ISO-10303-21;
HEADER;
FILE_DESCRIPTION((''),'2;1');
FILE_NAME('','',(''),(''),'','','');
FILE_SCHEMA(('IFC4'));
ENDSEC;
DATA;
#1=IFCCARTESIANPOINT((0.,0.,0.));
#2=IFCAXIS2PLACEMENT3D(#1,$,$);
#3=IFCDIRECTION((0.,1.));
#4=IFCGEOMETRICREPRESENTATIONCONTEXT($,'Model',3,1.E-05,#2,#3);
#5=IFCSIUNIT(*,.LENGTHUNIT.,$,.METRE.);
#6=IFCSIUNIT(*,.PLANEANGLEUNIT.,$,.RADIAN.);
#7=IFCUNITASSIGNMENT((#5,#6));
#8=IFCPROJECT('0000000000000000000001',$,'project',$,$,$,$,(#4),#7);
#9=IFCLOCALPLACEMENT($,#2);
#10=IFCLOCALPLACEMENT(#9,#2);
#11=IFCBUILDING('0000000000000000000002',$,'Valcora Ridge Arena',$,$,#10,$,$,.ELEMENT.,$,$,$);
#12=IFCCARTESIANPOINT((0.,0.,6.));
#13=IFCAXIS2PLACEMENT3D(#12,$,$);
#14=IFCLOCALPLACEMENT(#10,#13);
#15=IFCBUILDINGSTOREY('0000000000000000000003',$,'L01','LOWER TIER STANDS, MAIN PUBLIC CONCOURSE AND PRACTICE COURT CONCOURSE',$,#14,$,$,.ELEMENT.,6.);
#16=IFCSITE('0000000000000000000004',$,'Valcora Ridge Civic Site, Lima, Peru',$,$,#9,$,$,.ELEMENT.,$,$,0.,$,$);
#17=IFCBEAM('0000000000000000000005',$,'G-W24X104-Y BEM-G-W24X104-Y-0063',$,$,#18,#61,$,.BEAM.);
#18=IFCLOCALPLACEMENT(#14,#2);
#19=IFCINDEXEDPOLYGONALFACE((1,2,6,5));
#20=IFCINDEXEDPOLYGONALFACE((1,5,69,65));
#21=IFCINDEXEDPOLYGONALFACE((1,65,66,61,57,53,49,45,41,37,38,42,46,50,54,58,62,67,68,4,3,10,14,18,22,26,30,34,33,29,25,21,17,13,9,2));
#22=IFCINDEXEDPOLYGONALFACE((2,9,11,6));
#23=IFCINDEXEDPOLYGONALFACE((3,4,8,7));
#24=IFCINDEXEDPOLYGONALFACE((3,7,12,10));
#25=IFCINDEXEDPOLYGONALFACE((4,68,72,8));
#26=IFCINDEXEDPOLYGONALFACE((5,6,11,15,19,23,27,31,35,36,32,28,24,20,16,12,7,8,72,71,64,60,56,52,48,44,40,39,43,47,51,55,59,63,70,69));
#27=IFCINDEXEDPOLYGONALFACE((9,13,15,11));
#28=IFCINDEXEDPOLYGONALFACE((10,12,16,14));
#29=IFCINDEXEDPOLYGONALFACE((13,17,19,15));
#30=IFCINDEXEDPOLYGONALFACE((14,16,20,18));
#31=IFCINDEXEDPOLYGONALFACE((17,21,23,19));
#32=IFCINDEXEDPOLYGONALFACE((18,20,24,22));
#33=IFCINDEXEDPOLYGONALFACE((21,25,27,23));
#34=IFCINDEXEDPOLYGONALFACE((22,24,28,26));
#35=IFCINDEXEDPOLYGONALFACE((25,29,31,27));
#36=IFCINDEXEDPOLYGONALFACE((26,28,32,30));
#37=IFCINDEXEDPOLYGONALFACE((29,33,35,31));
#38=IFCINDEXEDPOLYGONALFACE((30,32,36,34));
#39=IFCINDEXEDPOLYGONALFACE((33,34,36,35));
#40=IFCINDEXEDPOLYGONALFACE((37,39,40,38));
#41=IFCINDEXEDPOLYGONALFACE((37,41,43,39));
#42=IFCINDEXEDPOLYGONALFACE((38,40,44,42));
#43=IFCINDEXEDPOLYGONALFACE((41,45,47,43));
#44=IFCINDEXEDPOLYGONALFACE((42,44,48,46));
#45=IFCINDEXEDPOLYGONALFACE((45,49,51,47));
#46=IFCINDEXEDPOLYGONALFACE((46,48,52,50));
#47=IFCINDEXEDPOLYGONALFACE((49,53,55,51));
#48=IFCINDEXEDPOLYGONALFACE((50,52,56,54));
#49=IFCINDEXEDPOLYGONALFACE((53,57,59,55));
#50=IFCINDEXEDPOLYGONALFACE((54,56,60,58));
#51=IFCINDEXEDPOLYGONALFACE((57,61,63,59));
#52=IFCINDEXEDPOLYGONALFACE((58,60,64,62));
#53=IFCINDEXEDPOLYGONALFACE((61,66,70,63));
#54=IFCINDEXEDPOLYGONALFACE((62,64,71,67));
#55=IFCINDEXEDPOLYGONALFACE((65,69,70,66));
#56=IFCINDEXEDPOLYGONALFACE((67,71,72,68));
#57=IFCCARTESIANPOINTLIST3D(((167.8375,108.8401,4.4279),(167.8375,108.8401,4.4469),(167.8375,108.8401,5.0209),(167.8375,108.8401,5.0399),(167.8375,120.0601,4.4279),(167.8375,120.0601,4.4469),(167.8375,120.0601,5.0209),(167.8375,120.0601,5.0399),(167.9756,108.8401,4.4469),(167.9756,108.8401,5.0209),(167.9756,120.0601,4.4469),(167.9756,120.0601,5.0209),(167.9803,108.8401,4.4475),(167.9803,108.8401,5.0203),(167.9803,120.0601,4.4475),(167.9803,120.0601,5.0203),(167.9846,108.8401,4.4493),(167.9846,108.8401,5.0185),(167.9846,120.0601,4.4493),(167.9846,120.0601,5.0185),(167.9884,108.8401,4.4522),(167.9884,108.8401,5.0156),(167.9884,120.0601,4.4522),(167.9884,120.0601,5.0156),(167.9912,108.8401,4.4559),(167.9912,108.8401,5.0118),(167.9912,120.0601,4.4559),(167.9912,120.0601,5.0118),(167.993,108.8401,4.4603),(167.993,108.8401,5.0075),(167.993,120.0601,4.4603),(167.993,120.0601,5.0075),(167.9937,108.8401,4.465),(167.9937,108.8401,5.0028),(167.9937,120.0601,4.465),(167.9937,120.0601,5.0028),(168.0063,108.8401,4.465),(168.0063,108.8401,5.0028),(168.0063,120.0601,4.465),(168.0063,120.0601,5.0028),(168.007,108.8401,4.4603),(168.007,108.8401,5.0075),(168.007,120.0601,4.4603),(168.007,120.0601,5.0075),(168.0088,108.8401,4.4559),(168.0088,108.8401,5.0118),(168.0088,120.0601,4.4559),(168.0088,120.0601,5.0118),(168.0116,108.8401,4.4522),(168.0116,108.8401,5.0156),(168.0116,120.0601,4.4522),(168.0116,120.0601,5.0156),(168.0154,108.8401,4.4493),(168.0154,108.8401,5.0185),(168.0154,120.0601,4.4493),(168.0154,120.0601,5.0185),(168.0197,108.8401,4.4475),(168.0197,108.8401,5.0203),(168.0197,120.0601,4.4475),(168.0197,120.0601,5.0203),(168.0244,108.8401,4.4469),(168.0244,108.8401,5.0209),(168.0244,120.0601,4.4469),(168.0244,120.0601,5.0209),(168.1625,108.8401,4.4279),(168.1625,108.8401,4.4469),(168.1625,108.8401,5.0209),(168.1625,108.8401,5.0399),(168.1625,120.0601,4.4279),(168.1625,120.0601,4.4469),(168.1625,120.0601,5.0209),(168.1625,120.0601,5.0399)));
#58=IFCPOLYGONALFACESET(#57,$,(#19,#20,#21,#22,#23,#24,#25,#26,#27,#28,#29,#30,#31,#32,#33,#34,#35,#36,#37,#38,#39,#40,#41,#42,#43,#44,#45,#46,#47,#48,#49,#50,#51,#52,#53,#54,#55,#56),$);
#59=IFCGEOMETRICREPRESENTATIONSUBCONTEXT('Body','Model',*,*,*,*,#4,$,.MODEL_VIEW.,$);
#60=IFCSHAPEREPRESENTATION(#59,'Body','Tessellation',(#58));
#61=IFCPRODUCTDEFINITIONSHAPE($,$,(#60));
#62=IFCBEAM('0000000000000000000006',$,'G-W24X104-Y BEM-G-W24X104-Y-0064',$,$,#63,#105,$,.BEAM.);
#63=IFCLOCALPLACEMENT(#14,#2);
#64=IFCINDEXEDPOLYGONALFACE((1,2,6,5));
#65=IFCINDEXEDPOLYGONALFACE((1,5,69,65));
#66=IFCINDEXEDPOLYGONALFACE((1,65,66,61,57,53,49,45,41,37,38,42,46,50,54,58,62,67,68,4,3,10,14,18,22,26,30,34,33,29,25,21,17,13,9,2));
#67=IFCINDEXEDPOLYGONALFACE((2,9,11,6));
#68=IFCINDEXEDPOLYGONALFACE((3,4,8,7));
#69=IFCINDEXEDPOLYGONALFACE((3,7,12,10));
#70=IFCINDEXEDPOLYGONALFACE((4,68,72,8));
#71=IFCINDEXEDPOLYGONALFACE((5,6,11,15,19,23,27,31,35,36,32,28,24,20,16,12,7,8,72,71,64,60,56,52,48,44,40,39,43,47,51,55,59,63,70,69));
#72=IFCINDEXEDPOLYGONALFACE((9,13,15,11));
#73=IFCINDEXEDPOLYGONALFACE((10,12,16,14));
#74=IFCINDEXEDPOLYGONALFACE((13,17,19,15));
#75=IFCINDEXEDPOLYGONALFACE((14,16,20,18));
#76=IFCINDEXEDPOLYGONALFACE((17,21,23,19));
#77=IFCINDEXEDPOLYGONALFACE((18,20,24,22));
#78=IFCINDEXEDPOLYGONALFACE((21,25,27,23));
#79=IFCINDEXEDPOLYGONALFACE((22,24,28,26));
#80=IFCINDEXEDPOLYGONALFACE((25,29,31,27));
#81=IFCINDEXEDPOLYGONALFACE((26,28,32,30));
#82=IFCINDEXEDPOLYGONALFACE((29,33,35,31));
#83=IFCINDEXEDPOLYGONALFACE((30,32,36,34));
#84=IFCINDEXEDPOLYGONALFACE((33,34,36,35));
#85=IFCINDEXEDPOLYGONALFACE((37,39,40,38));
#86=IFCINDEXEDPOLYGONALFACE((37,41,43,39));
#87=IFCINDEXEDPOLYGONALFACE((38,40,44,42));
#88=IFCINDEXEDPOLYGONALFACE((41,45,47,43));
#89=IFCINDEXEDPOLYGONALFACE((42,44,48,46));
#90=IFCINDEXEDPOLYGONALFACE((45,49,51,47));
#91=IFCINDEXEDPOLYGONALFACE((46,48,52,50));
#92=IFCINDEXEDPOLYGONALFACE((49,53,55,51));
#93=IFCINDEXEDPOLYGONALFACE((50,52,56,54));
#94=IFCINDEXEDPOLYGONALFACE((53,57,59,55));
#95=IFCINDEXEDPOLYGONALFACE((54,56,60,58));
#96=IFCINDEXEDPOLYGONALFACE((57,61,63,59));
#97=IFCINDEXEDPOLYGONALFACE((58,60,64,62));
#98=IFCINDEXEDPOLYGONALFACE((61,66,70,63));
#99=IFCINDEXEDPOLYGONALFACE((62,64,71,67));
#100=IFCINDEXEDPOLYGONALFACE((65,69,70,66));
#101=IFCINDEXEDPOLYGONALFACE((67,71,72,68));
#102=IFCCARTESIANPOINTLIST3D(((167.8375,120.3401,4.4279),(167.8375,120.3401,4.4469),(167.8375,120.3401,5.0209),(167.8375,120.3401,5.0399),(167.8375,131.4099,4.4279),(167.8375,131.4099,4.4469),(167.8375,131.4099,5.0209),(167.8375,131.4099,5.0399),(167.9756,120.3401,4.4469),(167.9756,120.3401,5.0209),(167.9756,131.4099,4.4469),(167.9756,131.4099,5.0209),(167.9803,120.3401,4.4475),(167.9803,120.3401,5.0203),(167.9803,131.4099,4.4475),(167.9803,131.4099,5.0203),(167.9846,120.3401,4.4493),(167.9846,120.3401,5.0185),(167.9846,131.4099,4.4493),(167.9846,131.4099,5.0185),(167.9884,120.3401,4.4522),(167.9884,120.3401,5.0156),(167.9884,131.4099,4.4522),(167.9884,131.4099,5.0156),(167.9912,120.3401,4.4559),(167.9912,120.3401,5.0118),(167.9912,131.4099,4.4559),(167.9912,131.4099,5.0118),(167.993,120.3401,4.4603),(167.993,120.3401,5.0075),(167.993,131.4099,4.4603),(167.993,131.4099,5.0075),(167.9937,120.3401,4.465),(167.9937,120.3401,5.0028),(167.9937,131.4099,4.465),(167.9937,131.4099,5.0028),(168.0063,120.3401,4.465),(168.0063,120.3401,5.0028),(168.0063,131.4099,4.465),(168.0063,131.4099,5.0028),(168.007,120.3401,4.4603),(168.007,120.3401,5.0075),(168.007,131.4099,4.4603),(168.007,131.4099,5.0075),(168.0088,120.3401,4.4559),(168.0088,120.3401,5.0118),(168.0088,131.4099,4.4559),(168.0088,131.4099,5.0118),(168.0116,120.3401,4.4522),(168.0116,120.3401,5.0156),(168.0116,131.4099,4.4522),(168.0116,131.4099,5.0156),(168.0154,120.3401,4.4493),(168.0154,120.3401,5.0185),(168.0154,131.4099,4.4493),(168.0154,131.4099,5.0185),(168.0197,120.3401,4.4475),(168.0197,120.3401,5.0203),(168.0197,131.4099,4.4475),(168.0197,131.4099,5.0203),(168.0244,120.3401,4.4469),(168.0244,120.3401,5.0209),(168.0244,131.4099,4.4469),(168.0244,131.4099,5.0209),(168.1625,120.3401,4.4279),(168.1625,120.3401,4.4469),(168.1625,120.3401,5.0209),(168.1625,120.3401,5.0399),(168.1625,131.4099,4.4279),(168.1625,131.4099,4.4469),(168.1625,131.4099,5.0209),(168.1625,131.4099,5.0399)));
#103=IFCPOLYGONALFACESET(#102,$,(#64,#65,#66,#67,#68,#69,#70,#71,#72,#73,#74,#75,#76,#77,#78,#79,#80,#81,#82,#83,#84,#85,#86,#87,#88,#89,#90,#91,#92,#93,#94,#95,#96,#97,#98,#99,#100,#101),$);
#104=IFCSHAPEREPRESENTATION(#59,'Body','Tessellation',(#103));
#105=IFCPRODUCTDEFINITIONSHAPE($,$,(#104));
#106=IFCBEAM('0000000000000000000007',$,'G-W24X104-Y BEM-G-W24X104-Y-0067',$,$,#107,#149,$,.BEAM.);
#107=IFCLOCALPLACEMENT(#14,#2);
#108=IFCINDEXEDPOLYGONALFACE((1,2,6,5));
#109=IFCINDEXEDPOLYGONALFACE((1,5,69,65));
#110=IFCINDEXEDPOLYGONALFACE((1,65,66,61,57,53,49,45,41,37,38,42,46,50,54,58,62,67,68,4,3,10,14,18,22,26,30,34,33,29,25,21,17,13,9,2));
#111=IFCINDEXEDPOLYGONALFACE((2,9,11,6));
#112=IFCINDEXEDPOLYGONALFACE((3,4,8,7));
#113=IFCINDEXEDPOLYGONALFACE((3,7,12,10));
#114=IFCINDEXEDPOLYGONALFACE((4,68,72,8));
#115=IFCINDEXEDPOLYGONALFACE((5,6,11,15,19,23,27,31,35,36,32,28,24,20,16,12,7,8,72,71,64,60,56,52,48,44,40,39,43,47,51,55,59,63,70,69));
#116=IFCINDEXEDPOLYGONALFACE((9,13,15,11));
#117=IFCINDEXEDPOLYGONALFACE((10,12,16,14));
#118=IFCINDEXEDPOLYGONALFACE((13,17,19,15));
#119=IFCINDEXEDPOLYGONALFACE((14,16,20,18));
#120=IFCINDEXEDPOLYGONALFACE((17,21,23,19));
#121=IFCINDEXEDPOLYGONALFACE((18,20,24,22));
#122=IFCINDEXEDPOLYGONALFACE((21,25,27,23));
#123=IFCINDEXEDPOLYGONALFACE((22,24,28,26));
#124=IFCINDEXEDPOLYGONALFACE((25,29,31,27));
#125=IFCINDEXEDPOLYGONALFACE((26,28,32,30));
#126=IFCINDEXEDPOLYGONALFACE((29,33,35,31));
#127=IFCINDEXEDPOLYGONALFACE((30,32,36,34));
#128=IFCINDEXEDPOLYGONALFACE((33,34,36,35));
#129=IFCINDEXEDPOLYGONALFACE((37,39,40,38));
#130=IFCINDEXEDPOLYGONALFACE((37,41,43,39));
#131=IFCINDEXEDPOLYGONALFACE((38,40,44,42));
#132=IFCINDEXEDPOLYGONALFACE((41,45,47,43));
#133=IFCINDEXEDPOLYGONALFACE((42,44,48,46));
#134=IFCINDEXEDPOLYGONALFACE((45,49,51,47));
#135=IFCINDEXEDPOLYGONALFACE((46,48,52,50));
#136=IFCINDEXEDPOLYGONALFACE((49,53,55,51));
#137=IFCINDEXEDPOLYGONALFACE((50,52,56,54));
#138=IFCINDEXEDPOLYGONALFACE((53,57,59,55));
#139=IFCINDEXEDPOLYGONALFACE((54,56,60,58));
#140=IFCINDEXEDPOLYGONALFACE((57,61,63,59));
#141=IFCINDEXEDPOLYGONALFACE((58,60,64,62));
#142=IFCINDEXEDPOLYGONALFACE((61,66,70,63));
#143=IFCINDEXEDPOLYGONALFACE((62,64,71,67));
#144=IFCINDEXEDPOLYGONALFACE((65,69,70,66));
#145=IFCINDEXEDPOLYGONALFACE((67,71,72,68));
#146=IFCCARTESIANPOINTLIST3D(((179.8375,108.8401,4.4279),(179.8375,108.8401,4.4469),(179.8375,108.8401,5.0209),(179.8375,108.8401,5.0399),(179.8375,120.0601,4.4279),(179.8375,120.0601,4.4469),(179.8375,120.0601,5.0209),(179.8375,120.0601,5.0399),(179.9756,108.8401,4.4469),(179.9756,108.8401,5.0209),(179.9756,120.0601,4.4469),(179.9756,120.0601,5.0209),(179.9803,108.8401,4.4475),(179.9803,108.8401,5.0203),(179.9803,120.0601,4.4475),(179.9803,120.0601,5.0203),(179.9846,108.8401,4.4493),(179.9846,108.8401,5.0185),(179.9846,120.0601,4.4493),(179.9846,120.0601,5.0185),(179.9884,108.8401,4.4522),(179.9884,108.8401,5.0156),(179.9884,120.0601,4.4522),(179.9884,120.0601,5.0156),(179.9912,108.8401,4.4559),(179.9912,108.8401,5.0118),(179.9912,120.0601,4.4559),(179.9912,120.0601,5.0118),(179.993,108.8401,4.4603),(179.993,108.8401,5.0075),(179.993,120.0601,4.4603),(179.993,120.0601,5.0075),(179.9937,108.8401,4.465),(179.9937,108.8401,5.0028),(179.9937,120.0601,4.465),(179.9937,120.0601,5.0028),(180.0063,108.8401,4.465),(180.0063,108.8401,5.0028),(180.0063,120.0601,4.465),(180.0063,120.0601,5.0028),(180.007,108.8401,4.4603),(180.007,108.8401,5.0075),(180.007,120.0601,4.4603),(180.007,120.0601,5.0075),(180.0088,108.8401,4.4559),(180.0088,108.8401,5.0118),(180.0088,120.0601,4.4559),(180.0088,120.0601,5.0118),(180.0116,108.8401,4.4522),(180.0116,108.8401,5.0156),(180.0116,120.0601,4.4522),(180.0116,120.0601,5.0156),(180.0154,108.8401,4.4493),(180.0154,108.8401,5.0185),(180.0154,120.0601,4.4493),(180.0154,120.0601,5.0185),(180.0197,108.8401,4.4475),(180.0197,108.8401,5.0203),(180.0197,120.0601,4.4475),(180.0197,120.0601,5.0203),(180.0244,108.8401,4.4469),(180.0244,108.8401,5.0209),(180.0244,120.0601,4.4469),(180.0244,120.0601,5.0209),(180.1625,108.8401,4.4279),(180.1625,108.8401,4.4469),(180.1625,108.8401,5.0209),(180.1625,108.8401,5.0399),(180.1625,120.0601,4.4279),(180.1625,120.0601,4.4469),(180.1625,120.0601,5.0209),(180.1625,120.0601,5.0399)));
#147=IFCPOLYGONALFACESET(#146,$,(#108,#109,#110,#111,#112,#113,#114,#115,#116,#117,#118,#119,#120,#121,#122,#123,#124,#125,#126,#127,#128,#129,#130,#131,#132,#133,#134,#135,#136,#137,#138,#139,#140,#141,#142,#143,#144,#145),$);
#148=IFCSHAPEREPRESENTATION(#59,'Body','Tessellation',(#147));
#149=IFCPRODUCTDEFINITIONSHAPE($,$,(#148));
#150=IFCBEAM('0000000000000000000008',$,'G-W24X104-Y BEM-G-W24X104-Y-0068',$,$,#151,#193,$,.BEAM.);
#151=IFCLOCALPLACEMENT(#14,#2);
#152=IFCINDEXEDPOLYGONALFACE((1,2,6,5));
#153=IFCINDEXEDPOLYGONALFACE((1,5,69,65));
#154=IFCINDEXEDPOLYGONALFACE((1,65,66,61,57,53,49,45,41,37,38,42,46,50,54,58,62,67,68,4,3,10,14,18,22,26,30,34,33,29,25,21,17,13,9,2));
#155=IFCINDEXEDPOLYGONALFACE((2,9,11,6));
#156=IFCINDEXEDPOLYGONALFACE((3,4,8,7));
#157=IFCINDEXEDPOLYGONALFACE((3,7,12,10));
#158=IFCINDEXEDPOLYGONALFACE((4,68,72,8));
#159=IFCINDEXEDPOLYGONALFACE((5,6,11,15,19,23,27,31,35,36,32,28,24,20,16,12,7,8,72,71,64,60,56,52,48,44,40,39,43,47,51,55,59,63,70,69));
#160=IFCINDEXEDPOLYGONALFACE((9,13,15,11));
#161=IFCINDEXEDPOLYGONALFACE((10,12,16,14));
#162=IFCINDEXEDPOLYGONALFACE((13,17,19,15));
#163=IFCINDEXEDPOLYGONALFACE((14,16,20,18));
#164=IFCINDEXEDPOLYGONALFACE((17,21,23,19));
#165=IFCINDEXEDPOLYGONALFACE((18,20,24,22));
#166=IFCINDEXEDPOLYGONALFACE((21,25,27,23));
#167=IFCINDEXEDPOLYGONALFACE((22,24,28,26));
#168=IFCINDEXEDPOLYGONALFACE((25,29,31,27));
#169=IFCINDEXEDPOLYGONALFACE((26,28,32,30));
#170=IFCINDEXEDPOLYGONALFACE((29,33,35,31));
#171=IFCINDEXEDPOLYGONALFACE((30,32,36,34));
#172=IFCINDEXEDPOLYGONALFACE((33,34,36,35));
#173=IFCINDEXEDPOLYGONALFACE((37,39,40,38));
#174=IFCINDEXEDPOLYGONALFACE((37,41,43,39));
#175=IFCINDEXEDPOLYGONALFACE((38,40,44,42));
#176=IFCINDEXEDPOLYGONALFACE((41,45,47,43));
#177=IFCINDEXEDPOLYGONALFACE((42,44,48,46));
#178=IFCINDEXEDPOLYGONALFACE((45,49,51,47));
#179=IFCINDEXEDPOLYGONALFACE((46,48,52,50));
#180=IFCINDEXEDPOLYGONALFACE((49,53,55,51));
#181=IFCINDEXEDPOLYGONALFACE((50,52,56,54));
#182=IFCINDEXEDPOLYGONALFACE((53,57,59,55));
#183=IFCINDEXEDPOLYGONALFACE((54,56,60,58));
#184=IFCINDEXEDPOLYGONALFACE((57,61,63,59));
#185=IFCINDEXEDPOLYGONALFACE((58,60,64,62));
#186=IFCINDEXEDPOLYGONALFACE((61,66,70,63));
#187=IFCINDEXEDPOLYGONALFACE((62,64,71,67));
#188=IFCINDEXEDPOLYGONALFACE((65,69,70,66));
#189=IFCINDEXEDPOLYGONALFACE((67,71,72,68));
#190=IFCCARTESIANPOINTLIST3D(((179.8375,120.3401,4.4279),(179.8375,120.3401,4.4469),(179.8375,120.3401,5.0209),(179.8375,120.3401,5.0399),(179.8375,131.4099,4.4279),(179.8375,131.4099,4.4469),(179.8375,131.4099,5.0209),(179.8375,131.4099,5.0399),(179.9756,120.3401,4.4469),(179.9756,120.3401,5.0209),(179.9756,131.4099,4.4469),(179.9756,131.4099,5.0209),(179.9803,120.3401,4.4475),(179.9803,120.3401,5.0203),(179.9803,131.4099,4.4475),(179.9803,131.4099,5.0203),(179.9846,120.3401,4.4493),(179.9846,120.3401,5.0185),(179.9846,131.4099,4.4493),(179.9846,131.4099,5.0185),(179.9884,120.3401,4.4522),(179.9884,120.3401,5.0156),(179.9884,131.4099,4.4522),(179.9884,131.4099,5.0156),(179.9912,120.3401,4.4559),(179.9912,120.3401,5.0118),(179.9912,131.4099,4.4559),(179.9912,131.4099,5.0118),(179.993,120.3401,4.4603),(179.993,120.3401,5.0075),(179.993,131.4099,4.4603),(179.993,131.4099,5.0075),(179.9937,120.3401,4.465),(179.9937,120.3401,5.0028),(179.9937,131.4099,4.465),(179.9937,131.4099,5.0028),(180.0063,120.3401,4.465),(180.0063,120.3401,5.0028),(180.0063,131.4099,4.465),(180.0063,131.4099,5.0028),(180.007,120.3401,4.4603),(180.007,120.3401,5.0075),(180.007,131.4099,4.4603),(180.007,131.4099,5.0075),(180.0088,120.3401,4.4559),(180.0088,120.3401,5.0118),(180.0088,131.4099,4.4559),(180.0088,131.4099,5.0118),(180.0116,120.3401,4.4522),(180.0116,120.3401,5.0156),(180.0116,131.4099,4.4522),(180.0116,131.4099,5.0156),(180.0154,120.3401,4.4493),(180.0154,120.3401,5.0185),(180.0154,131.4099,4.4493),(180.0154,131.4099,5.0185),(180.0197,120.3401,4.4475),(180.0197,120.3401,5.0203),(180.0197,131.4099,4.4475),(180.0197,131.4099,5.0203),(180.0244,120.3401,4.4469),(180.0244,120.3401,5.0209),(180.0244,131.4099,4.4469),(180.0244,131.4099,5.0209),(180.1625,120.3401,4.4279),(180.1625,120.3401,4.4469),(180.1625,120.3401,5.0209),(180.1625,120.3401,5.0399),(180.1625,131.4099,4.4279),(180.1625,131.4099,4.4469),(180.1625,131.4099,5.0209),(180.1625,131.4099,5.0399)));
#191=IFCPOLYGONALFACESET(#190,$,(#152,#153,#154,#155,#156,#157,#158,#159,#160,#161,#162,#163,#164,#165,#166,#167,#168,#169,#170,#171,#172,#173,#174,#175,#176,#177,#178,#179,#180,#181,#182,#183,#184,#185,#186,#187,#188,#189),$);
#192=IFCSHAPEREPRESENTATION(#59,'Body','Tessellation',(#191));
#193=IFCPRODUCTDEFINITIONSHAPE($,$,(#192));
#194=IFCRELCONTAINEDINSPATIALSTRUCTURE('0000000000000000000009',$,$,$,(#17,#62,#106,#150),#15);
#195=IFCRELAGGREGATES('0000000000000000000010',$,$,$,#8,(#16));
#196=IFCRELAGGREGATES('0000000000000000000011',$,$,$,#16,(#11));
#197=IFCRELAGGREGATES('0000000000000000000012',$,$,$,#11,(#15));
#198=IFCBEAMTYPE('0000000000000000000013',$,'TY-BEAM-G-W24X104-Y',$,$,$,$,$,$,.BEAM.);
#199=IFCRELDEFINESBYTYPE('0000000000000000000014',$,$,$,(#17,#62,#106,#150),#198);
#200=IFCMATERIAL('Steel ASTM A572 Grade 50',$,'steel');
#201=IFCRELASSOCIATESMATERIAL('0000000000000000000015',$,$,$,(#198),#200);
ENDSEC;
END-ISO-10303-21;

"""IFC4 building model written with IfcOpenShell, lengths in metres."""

from ifc_helpers import new_model, si_unit, direction, frame, origin, origin_2d, place, context, subcontext, project, spatial, i_section, extrude, material, material_profile, profile_set, type_object, element, save


model = new_model("IFC4")

# Units and contexts
model_context = context("Model", 3, precision=1e-05, world=origin(), true_north=direction((0.0, 1.0)))
body_context = subcontext(model_context, "Body", "Model", "MODEL_VIEW")
ifc_project = project(units=[si_unit("LENGTHUNIT", "METRE"), si_unit("PLANEANGLEUNIT", "RADIAN")], contexts=[model_context])

# Site, building, storey
site_placement = place(None, origin())
site = spatial("IfcSite", under=ifc_project, at=site_placement, Name="Valcora Ridge Civic Site, Lima, Peru", CompositionType="ELEMENT", RefElevation=0.0)
building_placement = place(site_placement, origin())
building = spatial("IfcBuilding", under=site, at=building_placement, Name="Valcora Ridge Arena", CompositionType="ELEMENT")
storey_placement = place(building_placement, frame((0.0, 0.0, 6.0)))
storey = spatial("IfcBuildingStorey", under=building, at=storey_placement, Name="L01", Description="LOWER TIER STANDS, MAIN PUBLIC CONCOURSE AND PRACTICE COURT CONCOURSE", CompositionType="ELEMENT", Elevation=6.0)

# Beams
ifc_material_1 = material(Name="Steel ASTM A572 Grade 50", Category="steel")
ifc_material_profile_1 = material_profile(ifc_material_1, i_section(OverallWidth=0.325, OverallDepth=0.6121, WebThickness=0.0127, FlangeThickness=0.019, FilletRadius=0.0181, at=origin_2d()), Name="W24X104")
ifc_profile_set_1 = profile_set([ifc_material_profile_1], Name="Steel ASTM A572 Grade 50")
beam_type_1 = type_object("IfcBeamType", Name="TY-BEAM-G-W24X104-Y", PredefinedType="BEAM", material=ifc_profile_set_1)
beam_1_placement = place(storey_placement, frame((168.0, 108.8401, 4.7339), z_axis=(0.0, 1.0, 0.0), x_axis=(-1.0, 0.0, 0.0)))
element("IfcBeam", 1, at=beam_1_placement, inside=storey, type_object=beam_type_1, Name="G-W24X104-Y BEM-G-W24X104-Y-0063", PredefinedType="BEAM", context=body_context, shape_type="SweptSolid", body=[
    extrude(i_section(OverallWidth=0.325, OverallDepth=0.6121, WebThickness=0.0127, FlangeThickness=0.019, FilletRadius=0.0181, at=origin_2d()), origin(), (0.0, 0.0, 1.0), 11.22),
])
beam_2_placement = place(storey_placement, frame((168.0, 120.3401, 4.7339), z_axis=(0.0, 1.0, 0.0), x_axis=(-1.0, 0.0, 0.0)))
element("IfcBeam", 2, at=beam_2_placement, inside=storey, type_object=beam_type_1, Name="G-W24X104-Y BEM-G-W24X104-Y-0064", PredefinedType="BEAM", context=body_context, shape_type="SweptSolid", body=[
    extrude(i_section(OverallWidth=0.325, OverallDepth=0.6121, WebThickness=0.0127, FlangeThickness=0.019, FilletRadius=0.0181, at=origin_2d()), origin(), (0.0, 0.0, 1.0), 11.0698),
])
beam_3_placement = place(storey_placement, frame((180.0, 108.8401, 4.7339), z_axis=(0.0, 1.0, 0.0), x_axis=(-1.0, 0.0, 0.0)))
element("IfcBeam", 3, at=beam_3_placement, inside=storey, type_object=beam_type_1, Name="G-W24X104-Y BEM-G-W24X104-Y-0067", PredefinedType="BEAM", context=body_context, shape_type="SweptSolid", body=[
    extrude(i_section(OverallWidth=0.325, OverallDepth=0.6121, WebThickness=0.0127, FlangeThickness=0.019, FilletRadius=0.0181, at=origin_2d()), origin(), (0.0, 0.0, 1.0), 11.22),
])
beam_4_placement = place(storey_placement, frame((180.0, 120.3401, 4.7339), z_axis=(0.0, 1.0, 0.0), x_axis=(-1.0, 0.0, 0.0)))
element("IfcBeam", 4, at=beam_4_placement, inside=storey, type_object=beam_type_1, Name="G-W24X104-Y BEM-G-W24X104-Y-0068", PredefinedType="BEAM", context=body_context, shape_type="SweptSolid", body=[
    extrude(i_section(OverallWidth=0.325, OverallDepth=0.6121, WebThickness=0.0127, FlangeThickness=0.019, FilletRadius=0.0181, at=origin_2d()), origin(), (0.0, 0.0, 1.0), 11.0698),
])

save(model, "model.ifc")
